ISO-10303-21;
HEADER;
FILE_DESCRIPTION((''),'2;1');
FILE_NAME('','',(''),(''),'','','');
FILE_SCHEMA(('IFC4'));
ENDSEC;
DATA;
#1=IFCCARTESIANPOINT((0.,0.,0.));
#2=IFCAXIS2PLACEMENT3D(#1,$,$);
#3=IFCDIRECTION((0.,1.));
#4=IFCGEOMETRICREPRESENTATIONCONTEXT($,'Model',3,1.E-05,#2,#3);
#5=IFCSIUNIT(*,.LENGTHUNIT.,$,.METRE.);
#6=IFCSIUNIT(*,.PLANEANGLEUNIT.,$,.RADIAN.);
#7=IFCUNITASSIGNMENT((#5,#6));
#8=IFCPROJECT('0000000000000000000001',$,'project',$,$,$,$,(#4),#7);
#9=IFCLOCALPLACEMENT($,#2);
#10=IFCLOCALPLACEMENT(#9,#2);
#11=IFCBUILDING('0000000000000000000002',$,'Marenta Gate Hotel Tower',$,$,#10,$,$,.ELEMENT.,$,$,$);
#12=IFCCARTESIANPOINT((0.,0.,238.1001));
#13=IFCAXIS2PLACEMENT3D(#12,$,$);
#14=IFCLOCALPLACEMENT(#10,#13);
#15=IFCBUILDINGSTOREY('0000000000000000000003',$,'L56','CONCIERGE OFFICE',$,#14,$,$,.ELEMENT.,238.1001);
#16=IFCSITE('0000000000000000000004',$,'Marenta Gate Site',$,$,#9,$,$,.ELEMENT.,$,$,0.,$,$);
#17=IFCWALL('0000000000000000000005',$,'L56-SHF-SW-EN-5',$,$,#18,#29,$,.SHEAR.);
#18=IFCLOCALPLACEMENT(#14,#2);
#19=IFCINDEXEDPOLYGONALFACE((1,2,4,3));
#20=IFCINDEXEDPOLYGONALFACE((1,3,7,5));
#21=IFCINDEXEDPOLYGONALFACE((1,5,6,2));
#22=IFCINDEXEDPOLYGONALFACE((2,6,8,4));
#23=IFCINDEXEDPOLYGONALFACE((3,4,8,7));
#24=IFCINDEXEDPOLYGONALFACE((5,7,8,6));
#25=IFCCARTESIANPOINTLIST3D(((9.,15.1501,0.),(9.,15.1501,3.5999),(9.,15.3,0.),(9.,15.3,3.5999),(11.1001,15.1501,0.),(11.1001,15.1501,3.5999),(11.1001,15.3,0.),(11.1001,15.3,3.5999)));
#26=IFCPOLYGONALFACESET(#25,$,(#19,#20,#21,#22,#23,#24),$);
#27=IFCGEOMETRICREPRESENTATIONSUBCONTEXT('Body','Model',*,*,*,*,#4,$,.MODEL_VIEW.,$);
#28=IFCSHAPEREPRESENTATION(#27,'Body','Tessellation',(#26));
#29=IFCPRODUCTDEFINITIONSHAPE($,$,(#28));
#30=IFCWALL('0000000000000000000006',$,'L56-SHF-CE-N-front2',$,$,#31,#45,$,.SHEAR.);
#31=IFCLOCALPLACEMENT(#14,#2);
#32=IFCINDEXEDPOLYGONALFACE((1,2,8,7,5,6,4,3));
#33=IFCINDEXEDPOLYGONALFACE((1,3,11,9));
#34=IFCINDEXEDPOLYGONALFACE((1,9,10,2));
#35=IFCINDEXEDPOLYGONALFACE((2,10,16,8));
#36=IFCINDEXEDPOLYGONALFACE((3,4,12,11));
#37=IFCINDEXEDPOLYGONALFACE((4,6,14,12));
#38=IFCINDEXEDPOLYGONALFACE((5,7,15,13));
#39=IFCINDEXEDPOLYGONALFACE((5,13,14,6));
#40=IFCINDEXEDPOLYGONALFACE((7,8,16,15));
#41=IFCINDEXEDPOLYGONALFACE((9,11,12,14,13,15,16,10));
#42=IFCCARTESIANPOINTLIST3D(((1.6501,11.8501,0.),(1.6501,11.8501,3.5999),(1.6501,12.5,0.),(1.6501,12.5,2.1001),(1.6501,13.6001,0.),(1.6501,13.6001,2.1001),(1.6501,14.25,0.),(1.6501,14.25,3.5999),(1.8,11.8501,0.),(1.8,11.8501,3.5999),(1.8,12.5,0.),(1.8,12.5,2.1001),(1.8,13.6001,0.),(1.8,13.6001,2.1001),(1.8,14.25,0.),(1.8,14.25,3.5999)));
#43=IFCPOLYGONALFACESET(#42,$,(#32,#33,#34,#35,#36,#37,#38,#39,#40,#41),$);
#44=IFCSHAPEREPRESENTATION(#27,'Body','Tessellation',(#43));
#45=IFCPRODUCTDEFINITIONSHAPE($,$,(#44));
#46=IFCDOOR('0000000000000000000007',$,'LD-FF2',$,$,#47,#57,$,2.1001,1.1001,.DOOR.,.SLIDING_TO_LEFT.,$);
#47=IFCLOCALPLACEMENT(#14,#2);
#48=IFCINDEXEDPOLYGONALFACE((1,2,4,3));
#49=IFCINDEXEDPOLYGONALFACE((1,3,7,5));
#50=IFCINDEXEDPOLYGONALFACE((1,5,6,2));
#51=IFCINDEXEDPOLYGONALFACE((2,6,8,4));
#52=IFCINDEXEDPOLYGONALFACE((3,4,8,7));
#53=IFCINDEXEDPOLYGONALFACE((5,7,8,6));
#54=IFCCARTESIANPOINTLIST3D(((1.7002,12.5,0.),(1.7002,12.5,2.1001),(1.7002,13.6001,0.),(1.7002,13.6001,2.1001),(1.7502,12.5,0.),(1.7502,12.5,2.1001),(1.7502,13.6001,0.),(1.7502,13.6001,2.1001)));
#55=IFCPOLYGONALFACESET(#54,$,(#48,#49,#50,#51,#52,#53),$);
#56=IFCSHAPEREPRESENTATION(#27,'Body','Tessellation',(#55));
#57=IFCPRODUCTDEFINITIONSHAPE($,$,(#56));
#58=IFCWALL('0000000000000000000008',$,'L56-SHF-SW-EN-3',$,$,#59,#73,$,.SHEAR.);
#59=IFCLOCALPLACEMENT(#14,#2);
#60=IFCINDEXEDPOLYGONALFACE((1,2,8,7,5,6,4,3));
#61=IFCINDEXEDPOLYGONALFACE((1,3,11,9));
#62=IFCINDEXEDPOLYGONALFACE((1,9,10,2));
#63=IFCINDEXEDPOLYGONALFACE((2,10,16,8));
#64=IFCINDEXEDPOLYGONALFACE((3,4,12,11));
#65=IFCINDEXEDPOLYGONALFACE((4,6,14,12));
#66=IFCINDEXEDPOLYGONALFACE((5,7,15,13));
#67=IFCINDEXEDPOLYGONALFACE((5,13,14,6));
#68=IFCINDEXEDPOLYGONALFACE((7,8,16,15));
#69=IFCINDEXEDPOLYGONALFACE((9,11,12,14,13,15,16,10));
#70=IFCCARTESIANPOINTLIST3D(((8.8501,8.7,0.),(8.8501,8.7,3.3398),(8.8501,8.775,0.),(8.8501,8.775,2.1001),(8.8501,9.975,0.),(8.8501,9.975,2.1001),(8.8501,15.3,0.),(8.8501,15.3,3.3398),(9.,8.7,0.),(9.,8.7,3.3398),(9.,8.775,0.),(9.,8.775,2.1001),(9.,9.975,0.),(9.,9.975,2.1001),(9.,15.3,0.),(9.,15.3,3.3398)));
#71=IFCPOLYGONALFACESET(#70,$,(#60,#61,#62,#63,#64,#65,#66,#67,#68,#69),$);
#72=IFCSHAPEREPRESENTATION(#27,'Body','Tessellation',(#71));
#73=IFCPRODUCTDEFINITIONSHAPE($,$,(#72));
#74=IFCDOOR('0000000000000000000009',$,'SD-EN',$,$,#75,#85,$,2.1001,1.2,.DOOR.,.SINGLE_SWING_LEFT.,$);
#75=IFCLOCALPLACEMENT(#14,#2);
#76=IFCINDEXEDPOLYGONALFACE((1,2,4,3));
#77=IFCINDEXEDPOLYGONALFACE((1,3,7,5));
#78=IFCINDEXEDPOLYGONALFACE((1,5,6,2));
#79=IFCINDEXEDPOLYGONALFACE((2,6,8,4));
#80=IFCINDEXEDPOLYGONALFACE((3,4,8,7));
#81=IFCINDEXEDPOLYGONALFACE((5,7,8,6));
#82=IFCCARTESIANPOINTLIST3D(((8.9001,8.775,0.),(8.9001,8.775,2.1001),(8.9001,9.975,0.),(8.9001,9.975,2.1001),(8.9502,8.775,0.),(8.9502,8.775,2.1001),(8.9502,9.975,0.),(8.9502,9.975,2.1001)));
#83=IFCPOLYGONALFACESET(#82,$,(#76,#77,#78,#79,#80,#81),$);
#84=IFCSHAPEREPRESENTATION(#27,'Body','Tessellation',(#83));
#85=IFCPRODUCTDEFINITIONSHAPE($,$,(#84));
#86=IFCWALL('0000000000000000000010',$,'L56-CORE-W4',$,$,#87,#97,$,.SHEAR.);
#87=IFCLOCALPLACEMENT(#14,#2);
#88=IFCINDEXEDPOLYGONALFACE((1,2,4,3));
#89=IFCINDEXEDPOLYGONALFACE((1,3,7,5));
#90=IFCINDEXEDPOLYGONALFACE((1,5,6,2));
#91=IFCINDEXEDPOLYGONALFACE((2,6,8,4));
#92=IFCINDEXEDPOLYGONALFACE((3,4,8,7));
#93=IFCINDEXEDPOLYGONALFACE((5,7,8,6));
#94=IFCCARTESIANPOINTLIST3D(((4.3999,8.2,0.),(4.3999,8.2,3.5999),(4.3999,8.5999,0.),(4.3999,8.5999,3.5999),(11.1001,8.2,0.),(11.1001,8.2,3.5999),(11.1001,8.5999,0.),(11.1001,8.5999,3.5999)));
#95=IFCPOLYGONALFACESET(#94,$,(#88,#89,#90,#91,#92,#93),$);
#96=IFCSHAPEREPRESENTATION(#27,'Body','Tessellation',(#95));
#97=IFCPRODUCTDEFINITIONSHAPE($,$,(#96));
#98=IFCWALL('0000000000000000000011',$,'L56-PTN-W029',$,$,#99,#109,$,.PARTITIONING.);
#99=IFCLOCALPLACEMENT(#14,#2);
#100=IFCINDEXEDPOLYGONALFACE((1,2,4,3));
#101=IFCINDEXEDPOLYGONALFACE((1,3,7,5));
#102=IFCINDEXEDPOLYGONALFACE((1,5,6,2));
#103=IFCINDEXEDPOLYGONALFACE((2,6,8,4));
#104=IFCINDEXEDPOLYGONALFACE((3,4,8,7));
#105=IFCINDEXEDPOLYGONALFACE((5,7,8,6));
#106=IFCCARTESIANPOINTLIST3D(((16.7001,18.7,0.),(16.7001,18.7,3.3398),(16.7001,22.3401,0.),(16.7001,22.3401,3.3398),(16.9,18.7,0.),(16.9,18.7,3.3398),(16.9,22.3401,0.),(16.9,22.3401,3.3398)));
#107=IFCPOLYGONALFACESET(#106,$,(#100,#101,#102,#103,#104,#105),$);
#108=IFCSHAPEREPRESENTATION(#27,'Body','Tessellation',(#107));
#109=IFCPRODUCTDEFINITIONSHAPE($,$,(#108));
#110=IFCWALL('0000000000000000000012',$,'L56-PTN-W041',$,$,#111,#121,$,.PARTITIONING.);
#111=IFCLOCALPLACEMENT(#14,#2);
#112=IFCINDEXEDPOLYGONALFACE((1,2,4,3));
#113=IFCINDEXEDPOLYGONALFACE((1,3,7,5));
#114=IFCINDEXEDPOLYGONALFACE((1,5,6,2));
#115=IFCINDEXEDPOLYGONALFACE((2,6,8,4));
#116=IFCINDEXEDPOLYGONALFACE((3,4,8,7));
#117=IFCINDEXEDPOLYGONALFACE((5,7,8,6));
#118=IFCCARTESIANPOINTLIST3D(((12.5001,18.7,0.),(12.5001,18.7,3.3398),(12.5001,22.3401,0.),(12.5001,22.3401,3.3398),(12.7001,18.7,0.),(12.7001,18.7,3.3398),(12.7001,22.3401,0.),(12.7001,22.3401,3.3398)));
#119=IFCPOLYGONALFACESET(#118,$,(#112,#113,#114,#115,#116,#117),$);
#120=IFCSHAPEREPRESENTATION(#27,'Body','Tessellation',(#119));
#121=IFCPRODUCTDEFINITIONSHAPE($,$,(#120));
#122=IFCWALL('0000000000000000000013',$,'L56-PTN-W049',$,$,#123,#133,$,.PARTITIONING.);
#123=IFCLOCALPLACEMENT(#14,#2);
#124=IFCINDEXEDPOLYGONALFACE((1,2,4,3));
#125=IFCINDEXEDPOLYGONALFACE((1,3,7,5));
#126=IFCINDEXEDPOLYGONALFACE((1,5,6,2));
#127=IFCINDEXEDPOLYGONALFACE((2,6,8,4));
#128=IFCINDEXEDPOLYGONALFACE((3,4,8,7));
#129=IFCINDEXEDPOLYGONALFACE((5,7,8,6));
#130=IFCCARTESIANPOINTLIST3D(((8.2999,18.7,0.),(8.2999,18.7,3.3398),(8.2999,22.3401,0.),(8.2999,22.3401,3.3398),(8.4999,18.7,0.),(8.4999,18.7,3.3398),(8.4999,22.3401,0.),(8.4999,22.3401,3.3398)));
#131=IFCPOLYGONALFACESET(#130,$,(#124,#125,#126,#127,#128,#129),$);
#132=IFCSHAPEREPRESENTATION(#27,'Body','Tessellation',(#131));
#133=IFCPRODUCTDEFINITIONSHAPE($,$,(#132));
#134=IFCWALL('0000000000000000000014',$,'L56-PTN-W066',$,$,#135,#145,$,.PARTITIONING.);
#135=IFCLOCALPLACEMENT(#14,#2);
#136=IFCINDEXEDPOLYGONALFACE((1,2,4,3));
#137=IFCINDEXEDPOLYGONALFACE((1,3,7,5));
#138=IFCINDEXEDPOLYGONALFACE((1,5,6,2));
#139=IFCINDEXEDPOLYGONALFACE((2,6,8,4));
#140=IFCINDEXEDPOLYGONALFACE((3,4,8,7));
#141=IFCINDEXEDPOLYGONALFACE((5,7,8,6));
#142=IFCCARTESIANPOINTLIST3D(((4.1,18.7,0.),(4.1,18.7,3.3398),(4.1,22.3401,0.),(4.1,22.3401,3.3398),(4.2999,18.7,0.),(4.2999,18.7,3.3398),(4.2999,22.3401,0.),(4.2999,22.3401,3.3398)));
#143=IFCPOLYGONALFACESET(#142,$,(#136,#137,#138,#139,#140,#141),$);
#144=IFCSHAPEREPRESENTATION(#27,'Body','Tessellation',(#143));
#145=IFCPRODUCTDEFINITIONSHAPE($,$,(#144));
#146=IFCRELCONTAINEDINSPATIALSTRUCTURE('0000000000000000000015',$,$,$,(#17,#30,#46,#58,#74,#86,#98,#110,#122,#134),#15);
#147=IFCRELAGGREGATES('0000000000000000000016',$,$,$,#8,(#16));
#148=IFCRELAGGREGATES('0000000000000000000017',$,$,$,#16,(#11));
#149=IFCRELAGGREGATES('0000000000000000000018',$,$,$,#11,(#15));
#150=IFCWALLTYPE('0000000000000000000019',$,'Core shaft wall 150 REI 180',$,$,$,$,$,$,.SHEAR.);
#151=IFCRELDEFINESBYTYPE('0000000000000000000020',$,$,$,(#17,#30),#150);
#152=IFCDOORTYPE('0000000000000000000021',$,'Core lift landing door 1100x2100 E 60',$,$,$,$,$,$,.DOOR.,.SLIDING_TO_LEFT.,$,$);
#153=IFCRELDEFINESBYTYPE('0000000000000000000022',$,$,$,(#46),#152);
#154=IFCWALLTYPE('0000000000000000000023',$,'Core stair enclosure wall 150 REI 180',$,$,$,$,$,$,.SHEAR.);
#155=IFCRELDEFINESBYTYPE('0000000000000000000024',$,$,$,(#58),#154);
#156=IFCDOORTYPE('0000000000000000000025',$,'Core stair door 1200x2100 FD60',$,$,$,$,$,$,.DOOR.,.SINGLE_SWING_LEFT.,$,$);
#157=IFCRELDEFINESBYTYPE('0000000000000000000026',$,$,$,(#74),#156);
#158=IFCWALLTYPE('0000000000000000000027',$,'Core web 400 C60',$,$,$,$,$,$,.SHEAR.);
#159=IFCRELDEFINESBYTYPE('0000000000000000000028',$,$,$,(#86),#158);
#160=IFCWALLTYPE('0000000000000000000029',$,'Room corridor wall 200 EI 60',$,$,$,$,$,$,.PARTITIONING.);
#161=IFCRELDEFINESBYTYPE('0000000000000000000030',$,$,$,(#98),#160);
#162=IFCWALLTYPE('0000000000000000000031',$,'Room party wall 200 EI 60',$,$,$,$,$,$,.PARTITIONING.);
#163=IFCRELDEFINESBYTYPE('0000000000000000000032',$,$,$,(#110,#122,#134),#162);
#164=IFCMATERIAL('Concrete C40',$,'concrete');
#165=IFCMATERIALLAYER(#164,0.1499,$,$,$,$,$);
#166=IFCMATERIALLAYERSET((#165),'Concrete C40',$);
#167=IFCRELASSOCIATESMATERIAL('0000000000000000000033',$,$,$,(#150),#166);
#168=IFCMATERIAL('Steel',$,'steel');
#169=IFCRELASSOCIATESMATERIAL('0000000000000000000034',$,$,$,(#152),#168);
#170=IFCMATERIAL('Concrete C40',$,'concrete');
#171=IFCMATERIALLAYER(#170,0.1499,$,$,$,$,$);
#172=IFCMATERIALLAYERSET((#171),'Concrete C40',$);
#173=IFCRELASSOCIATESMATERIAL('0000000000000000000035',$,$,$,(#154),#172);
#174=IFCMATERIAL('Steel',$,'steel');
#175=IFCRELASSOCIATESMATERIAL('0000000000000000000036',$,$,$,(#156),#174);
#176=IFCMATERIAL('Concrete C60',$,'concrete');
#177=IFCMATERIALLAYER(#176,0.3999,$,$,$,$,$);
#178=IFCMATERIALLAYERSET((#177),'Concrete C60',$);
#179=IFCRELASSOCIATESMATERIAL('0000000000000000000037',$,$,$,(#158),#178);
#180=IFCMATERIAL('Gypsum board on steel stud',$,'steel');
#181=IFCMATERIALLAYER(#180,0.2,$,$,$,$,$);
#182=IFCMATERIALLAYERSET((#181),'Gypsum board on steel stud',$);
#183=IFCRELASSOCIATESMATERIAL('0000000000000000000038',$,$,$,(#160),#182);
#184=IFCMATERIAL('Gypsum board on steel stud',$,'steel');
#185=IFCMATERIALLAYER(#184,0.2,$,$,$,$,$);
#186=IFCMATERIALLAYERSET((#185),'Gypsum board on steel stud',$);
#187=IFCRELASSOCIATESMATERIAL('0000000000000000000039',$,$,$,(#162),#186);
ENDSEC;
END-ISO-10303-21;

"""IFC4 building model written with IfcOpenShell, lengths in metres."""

from ifc_helpers import new_model, si_unit, direction, frame, frame_2d, origin, place, context, subcontext, project, spatial, rectangle, extrude, material, layer, layer_set, type_object, element, fill, save


model = new_model("IFC4")

# Units and contexts
model_context = context("Model", 3, precision=1e-05, world=origin(), true_north=direction((0.0, 1.0)))
body_context = subcontext(model_context, "Body", "Model", "MODEL_VIEW")
ifc_project = project(units=[si_unit("LENGTHUNIT", "METRE"), si_unit("PLANEANGLEUNIT", "RADIAN")], contexts=[model_context])

# Site, building, storey
site_placement = place(None, origin())
site = spatial("IfcSite", under=ifc_project, at=site_placement, Name="Marenta Gate Site", CompositionType="ELEMENT", RefElevation=0.0)
building_placement = place(site_placement, origin())
building = spatial("IfcBuilding", under=site, at=building_placement, Name="Marenta Gate Hotel Tower", CompositionType="ELEMENT")
storey_placement = place(building_placement, frame((0.0, 0.0, 238.1001)))
storey = spatial("IfcBuildingStorey", under=building, at=storey_placement, Name="L56", Description="CONCIERGE OFFICE", CompositionType="ELEMENT", Elevation=238.1001)

# Wall
ifc_material_1 = material(Name="Concrete C40", Category="concrete")
ifc_layer_1 = layer(ifc_material_1, 0.1499)
ifc_layer_set_1 = layer_set([ifc_layer_1], Name="Concrete C40")
wall_type_1 = type_object("IfcWallType", Name="Core shaft wall 150 REI 180", PredefinedType="SHEAR", material=ifc_layer_set_1)
for number, where, z_axis, x_axis, name in (
    (1, (9.0, 15.2251, 0.0), (0.0, 0.0, 1.0), (1.0, 0.0, 0.0), "L56-SHF-SW-EN-5"),
):
    element("IfcWall", number, at=place(storey_placement, frame(where, z_axis=z_axis, x_axis=x_axis)), inside=storey, type_object=wall_type_1, Name=name, PredefinedType="SHEAR", context=body_context, shape_type="SweptSolid", body=[
        extrude(rectangle(XDim=2.1001, YDim=0.1499, at=frame_2d((1.05, 0.0))), origin(), (0.0, 0.0, 1.0), 3.5999),
    ])

# Walls, openings, doors
wall_1_placement = place(storey_placement, frame((1.7251, 11.8501, 0.0), z_axis=(0.0, 0.0, 1.0), x_axis=(0.0, 1.0, 0.0)))
wall_1 = element("IfcWall", 2, at=wall_1_placement, inside=storey, type_object=wall_type_1, Name="L56-SHF-CE-N-front2", PredefinedType="SHEAR", context=body_context, shape_type="SweptSolid", body=[
    extrude(rectangle(XDim=2.3999, YDim=0.1499, at=frame_2d((1.2, 0.0))), origin(), (0.0, 0.0, 1.0), 3.5999),
])
opening_1_placement = place(wall_1_placement, frame((0.6499, 0.0, 0.0)))
opening_1 = element("IfcOpeningElement", 3, at=opening_1_placement, cuts=wall_1, PredefinedType="OPENING", context=body_context, shape_type="SweptSolid", body=[
    extrude(rectangle(XDim=1.1001, YDim=2.1001, at=frame_2d((0.55, 1.05))), frame((0.0, 0.075, 0.0), z_axis=(0.0, -1.0, 0.0), x_axis=(1.0, 0.0, 0.0)), (0.0, 0.0, 1.0), 0.1499),
])
ifc_material_2 = material(Name="Steel", Category="steel")
door_type_1 = type_object("IfcDoorType", Name="Core lift landing door 1100x2100 E 60", OperationType="SLIDING_TO_LEFT", PredefinedType="DOOR", material=ifc_material_2)
door_1_placement = place(opening_1_placement, origin())
door_1 = element("IfcDoor", 4, at=door_1_placement, inside=storey, type_object=door_type_1, Name="LD-FF2", OperationType="SLIDING_TO_LEFT", OverallHeight=2.1001, OverallWidth=1.1001, PredefinedType="DOOR", context=body_context, shape_type="SweptSolid", body=[
    extrude(rectangle(XDim=1.1001, YDim=2.1001, at=frame_2d((0.55, 1.05))), frame((0.0, 0.0249, 0.0), z_axis=(0.0, -1.0, 0.0), x_axis=(1.0, 0.0, 0.0)), (0.0, 0.0, 1.0), 0.05),
])
fill(opening_1, door_1)
ifc_material_3 = material(Name="Concrete C40", Category="concrete")
ifc_layer_2 = layer(ifc_material_3, 0.1499)
ifc_layer_set_2 = layer_set([ifc_layer_2], Name="Concrete C40")
wall_type_2 = type_object("IfcWallType", Name="Core stair enclosure wall 150 REI 180", PredefinedType="SHEAR", material=ifc_layer_set_2)
wall_2_placement = place(storey_placement, frame((8.925, 8.7, 0.0), z_axis=(0.0, 0.0, 1.0), x_axis=(0.0, 1.0, 0.0)))
wall_2 = element("IfcWall", 5, at=wall_2_placement, inside=storey, type_object=wall_type_2, Name="L56-SHF-SW-EN-3", PredefinedType="SHEAR", context=body_context, shape_type="SweptSolid", body=[
    extrude(rectangle(XDim=6.6001, YDim=0.1499, at=frame_2d((3.3, 0.0))), origin(), (0.0, 0.0, 1.0), 3.3398),
])
opening_2_placement = place(wall_2_placement, frame((0.075, 0.0, 0.0)))
opening_2 = element("IfcOpeningElement", 6, at=opening_2_placement, cuts=wall_2, PredefinedType="OPENING", context=body_context, shape_type="SweptSolid", body=[
    extrude(rectangle(XDim=1.2, YDim=2.1001, at=frame_2d((0.6001, 1.05))), frame((0.0, 0.075, 0.0), z_axis=(0.0, -1.0, 0.0), x_axis=(1.0, 0.0, 0.0)), (0.0, 0.0, 1.0), 0.1499),
])
ifc_material_4 = material(Name="Steel", Category="steel")
door_type_2 = type_object("IfcDoorType", Name="Core stair door 1200x2100 FD60", OperationType="SINGLE_SWING_LEFT", PredefinedType="DOOR", material=ifc_material_4)
door_2_placement = place(opening_2_placement, origin())
door_2 = element("IfcDoor", 7, at=door_2_placement, inside=storey, type_object=door_type_2, Name="SD-EN", OperationType="SINGLE_SWING_LEFT", OverallHeight=2.1001, OverallWidth=1.2, PredefinedType="DOOR", context=body_context, shape_type="SweptSolid", body=[
    extrude(rectangle(XDim=1.2, YDim=2.1001, at=frame_2d((0.6001, 1.05))), frame((0.0, 0.0249, 0.0), z_axis=(0.0, -1.0, 0.0), x_axis=(1.0, 0.0, 0.0)), (0.0, 0.0, 1.0), 0.05),
])
fill(opening_2, door_2)

# Walls
ifc_material_5 = material(Name="Concrete C60", Category="concrete")
ifc_layer_3 = layer(ifc_material_5, 0.3999)
ifc_layer_set_3 = layer_set([ifc_layer_3], Name="Concrete C60")
wall_type_3 = type_object("IfcWallType", Name="Core web 400 C60", PredefinedType="SHEAR", material=ifc_layer_set_3)
wall_3_placement = place(storey_placement, frame((4.3999, 8.3999, 0.0), z_axis=(0.0, 0.0, 1.0), x_axis=(1.0, 0.0, 0.0)))
element("IfcWall", 8, at=wall_3_placement, inside=storey, type_object=wall_type_3, Name="L56-CORE-W4", PredefinedType="SHEAR", context=body_context, shape_type="SweptSolid", body=[
    extrude(rectangle(XDim=6.7002, YDim=0.3999, at=frame_2d((3.3501, 0.0))), origin(), (0.0, 0.0, 1.0), 3.5999),
])
ifc_material_6 = material(Name="Gypsum board on steel stud", Category="steel")
ifc_layer_4 = layer(ifc_material_6, 0.2)
ifc_layer_set_4 = layer_set([ifc_layer_4], Name="Gypsum board on steel stud")
wall_type_4 = type_object("IfcWallType", Name="Room corridor wall 200 EI 60", PredefinedType="PARTITIONING", material=ifc_layer_set_4)
wall_4_placement = place(storey_placement, frame((16.8, 18.7, 0.0), z_axis=(0.0, 0.0, 1.0), x_axis=(0.0, 1.0, 0.0)))
element("IfcWall", 9, at=wall_4_placement, inside=storey, type_object=wall_type_4, Name="L56-PTN-W029", PredefinedType="PARTITIONING", context=body_context, shape_type="SweptSolid", body=[
    extrude(rectangle(XDim=3.6401, YDim=0.2, at=frame_2d((1.8201, 0.0))), origin(), (0.0, 0.0, 1.0), 3.3398),
])
ifc_material_7 = material(Name="Gypsum board on steel stud", Category="steel")
ifc_layer_5 = layer(ifc_material_7, 0.2)
ifc_layer_set_5 = layer_set([ifc_layer_5], Name="Gypsum board on steel stud")
wall_type_5 = type_object("IfcWallType", Name="Room party wall 200 EI 60", PredefinedType="PARTITIONING", material=ifc_layer_set_5)
for number, where, z_axis, x_axis, name in (
    (10, (12.6001, 18.7, 0.0), (0.0, 0.0, 1.0), (0.0, 1.0, 0.0), "L56-PTN-W041"),
    (11, (8.3999, 18.7, 0.0), (0.0, 0.0, 1.0), (0.0, 1.0, 0.0), "L56-PTN-W049"),
    (12, (4.2, 18.7, 0.0), (0.0, 0.0, 1.0), (0.0, 1.0, 0.0), "L56-PTN-W066"),
):
    element("IfcWall", number, at=place(storey_placement, frame(where, z_axis=z_axis, x_axis=x_axis)), inside=storey, type_object=wall_type_5, Name=name, PredefinedType="PARTITIONING", context=body_context, shape_type="SweptSolid", body=[
        extrude(rectangle(XDim=3.6401, YDim=0.2, at=frame_2d((1.8201, 0.0))), origin(), (0.0, 0.0, 1.0), 3.3398),
    ])

save(model, "model.ifc")
